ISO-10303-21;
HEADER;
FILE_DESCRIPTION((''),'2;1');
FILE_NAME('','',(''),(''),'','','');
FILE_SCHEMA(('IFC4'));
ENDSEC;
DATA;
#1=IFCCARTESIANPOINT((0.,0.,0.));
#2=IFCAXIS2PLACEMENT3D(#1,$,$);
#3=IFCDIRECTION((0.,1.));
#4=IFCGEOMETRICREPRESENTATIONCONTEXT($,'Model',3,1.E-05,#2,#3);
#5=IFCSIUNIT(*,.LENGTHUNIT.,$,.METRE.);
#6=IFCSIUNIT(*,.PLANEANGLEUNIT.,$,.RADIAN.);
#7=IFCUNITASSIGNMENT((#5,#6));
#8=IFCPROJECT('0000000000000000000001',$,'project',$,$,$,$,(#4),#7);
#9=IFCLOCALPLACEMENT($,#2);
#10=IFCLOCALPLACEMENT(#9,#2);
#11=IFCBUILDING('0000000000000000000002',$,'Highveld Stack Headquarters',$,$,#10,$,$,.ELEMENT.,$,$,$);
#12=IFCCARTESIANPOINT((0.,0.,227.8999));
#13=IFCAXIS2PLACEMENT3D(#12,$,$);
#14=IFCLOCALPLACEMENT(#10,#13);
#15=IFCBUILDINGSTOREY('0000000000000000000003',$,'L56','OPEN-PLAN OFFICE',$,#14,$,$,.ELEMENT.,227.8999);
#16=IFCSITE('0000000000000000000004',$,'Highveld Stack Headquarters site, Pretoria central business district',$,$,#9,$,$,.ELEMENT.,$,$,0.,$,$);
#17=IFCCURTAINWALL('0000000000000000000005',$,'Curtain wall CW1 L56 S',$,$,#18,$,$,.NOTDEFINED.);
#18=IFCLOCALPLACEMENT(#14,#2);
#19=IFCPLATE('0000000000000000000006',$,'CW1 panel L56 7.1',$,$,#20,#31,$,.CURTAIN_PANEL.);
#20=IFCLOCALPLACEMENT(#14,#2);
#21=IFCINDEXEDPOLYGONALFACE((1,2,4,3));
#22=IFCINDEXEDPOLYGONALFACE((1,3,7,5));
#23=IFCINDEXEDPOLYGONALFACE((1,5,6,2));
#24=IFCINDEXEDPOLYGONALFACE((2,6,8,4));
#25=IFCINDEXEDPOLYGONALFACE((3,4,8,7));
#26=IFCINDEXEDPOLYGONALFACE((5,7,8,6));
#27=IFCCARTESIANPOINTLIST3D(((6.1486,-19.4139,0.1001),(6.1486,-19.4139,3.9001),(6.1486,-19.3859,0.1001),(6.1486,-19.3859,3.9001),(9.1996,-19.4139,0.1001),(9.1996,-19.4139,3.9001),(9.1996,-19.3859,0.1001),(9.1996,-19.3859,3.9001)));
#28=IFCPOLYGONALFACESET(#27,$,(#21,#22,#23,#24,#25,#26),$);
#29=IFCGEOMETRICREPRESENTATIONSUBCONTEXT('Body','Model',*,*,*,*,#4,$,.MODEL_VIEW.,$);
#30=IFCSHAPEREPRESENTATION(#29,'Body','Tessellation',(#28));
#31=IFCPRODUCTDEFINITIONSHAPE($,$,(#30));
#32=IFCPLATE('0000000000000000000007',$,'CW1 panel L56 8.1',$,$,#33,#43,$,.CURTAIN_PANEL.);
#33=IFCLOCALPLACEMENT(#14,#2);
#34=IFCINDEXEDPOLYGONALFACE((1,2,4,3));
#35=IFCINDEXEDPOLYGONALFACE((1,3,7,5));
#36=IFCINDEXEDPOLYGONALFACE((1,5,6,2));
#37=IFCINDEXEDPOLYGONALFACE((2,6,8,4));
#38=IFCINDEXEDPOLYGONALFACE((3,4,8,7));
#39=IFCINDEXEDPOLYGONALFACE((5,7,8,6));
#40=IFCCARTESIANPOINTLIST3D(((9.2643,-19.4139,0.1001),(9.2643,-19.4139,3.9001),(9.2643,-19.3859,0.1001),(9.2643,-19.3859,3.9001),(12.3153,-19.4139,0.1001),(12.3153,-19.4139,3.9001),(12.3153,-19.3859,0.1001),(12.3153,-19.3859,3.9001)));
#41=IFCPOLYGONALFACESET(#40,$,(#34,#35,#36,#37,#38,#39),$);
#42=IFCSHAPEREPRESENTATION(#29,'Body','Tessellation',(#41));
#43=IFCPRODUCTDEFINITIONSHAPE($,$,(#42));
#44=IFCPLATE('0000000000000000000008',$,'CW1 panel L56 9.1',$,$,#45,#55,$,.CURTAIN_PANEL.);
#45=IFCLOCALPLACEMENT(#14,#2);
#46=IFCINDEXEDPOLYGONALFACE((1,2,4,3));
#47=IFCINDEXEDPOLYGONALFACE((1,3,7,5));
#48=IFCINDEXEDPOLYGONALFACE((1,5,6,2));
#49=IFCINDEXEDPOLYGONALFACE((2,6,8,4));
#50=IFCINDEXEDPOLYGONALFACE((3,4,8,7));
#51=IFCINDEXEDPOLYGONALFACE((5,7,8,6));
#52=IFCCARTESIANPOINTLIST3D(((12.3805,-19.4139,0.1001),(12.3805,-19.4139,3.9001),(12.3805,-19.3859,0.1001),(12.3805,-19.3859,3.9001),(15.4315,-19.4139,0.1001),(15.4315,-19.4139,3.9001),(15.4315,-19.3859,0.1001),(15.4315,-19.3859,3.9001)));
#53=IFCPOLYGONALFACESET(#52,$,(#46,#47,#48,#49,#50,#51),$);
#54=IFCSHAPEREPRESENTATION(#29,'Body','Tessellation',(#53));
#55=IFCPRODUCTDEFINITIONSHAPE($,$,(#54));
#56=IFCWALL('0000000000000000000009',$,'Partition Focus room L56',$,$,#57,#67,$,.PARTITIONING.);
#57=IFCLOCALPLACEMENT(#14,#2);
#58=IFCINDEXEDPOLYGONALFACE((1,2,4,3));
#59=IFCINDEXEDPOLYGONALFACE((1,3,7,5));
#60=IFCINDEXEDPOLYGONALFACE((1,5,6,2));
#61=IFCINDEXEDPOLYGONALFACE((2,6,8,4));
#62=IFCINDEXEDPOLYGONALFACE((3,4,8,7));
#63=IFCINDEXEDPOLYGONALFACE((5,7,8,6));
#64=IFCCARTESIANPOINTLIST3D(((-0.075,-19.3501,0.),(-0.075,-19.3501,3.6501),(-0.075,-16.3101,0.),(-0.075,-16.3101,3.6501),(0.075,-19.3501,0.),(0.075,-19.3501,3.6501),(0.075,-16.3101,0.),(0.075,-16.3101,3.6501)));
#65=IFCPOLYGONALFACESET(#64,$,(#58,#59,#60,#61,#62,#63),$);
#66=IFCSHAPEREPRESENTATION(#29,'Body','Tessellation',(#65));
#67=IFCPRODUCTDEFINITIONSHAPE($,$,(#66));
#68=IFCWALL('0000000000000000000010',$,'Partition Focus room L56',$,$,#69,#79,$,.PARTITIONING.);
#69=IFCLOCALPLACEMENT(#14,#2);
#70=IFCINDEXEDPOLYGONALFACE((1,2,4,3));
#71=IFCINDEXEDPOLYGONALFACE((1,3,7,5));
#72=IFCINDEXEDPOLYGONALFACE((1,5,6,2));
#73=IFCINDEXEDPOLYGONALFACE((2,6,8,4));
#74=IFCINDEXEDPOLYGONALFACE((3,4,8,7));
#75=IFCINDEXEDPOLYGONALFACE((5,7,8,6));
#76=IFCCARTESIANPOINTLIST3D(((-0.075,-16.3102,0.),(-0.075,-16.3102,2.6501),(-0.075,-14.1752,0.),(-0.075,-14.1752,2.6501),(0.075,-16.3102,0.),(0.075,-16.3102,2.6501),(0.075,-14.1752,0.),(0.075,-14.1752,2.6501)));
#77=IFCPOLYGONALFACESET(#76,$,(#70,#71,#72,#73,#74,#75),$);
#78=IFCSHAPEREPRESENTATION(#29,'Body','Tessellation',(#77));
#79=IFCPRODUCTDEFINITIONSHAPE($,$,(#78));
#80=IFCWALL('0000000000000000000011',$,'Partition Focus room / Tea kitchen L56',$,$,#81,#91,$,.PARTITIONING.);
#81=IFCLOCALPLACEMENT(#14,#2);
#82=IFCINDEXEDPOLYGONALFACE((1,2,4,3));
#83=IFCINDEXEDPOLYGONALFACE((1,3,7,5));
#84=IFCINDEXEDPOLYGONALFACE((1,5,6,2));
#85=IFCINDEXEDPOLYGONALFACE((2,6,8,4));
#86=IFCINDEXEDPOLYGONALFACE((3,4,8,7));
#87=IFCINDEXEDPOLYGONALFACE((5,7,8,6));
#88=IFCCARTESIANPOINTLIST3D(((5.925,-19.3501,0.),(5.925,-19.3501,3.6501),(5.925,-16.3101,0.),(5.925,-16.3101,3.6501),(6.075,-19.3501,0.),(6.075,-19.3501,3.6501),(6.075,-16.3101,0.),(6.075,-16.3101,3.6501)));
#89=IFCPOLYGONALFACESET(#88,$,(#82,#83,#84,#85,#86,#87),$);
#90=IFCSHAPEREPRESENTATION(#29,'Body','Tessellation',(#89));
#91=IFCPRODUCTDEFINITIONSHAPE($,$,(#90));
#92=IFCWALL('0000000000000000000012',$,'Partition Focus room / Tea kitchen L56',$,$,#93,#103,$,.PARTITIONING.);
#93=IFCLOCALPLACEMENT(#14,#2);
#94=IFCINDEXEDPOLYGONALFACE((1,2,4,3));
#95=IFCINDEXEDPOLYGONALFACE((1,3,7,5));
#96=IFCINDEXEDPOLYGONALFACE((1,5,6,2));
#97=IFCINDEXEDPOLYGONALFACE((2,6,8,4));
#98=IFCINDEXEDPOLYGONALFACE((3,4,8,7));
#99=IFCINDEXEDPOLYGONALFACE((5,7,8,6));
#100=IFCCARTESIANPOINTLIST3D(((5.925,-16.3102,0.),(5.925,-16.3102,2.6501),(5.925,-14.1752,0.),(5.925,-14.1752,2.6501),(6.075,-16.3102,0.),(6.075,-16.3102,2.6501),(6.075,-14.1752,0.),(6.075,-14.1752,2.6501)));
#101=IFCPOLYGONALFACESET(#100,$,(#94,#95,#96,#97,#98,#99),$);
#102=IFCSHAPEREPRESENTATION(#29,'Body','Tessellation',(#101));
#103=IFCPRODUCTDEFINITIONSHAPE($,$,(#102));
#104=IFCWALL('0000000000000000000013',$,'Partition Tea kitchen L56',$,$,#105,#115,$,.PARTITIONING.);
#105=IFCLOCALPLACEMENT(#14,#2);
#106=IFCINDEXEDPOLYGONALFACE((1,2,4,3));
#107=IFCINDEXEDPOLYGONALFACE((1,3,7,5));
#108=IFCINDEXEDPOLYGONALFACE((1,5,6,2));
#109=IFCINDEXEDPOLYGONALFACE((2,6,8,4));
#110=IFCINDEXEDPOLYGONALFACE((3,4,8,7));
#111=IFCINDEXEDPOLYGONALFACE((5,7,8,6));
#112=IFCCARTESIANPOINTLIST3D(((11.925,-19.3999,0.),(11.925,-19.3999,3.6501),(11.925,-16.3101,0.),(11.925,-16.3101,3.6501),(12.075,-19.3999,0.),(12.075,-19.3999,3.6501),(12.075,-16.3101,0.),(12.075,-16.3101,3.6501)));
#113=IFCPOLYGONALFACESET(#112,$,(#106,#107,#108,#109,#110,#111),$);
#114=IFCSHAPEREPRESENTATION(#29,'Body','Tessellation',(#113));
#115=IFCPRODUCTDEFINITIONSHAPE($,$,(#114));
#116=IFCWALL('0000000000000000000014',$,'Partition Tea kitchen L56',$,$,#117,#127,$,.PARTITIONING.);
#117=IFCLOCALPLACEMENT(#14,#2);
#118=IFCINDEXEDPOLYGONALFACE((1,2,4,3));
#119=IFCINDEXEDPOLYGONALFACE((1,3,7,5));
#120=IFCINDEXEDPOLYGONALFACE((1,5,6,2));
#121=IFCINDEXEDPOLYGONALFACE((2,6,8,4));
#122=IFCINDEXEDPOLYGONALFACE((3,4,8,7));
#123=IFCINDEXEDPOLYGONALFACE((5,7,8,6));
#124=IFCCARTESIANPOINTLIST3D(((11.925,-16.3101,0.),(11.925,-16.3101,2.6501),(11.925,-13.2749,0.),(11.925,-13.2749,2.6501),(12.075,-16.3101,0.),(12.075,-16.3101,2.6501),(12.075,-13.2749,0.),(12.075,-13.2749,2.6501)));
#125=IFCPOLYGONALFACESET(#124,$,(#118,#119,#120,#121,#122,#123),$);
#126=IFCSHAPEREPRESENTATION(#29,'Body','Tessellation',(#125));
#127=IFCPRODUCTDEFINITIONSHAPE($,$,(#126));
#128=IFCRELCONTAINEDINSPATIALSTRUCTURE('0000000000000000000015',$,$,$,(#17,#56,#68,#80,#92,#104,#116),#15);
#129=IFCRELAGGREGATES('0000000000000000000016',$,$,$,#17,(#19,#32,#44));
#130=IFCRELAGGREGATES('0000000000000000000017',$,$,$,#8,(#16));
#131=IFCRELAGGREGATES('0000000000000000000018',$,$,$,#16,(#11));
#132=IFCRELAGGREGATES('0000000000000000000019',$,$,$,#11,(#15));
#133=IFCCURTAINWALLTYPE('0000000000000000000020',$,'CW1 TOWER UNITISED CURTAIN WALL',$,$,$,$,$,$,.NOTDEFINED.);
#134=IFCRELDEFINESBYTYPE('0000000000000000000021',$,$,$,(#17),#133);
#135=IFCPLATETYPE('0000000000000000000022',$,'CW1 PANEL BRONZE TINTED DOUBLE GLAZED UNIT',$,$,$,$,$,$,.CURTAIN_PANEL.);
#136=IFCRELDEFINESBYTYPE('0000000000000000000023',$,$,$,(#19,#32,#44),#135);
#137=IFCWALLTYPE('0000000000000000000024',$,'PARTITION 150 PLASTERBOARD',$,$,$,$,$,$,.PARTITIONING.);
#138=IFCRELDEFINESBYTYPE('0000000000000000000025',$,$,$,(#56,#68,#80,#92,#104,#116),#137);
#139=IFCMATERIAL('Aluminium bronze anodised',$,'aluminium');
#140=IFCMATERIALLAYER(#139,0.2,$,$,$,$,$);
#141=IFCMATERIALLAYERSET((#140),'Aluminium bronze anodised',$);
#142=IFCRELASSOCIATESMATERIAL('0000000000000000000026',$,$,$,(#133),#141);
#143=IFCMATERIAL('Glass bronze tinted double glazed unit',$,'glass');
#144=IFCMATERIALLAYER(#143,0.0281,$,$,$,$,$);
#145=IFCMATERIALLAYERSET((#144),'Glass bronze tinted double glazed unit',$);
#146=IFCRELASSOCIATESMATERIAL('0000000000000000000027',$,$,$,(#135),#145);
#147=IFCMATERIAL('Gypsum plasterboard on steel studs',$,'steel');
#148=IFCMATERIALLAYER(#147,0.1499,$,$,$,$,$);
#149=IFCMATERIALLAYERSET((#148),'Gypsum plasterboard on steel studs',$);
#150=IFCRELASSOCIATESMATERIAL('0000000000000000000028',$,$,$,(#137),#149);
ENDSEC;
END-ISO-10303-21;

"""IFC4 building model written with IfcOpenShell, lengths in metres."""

from ifc_helpers import new_model, si_unit, direction, frame, frame_2d, origin, origin_2d, place, context, subcontext, project, spatial, rectangle, extrude, material, layer, layer_set, type_object, element, aggregate, save


model = new_model("IFC4")

# Units and contexts
model_context = context("Model", 3, precision=1e-05, world=origin(), true_north=direction((0.0, 1.0)))
body_context = subcontext(model_context, "Body", "Model", "MODEL_VIEW")
ifc_project = project(units=[si_unit("LENGTHUNIT", "METRE"), si_unit("PLANEANGLEUNIT", "RADIAN")], contexts=[model_context])

# Site, building, storey
site_placement = place(None, origin())
site = spatial("IfcSite", under=ifc_project, at=site_placement, Name="Highveld Stack Headquarters site, Pretoria central business district", CompositionType="ELEMENT", RefElevation=0.0)
building_placement = place(site_placement, origin())
building = spatial("IfcBuilding", under=site, at=building_placement, Name="Highveld Stack Headquarters", CompositionType="ELEMENT")
storey_placement = place(building_placement, frame((0.0, 0.0, 227.8999)))
storey = spatial("IfcBuildingStorey", under=building, at=storey_placement, Name="L56", Description="OPEN-PLAN OFFICE", CompositionType="ELEMENT", Elevation=227.8999)

# Curtain wall, plates
ifc_material_1 = material(Name="Aluminium bronze anodised", Category="aluminium")
ifc_layer_1 = layer(ifc_material_1, 0.2)
ifc_layer_set_1 = layer_set([ifc_layer_1], Name="Aluminium bronze anodised")
curtain_wall_type = type_object("IfcCurtainWallType", Name="CW1 TOWER UNITISED CURTAIN WALL", PredefinedType="NOTDEFINED", material=ifc_layer_set_1)
curtain_wall_placement = place(storey_placement, origin())
curtain_wall = element("IfcCurtainWall", 1, at=curtain_wall_placement, inside=storey, type_object=curtain_wall_type, Name="Curtain wall CW1 L56 S", PredefinedType="NOTDEFINED")
ifc_material_2 = material(Name="Glass bronze tinted double glazed unit", Category="glass")
ifc_layer_2 = layer(ifc_material_2, 0.0281)
ifc_layer_set_2 = layer_set([ifc_layer_2], Name="Glass bronze tinted double glazed unit")
plate_type = type_object("IfcPlateType", Name="CW1 PANEL BRONZE TINTED DOUBLE GLAZED UNIT", PredefinedType="CURTAIN_PANEL", material=ifc_layer_set_2)
plate_1_placement = place(storey_placement, frame((7.6741, -19.3999, 0.1001), z_axis=(0.0, 0.0, 1.0), x_axis=(1.0, 0.0, 0.0)))
plate_1 = element("IfcPlate", 2, at=plate_1_placement, type_object=plate_type, Name="CW1 panel L56 7.1", PredefinedType="CURTAIN_PANEL", context=body_context, shape_type="SweptSolid", body=[
    extrude(rectangle(XDim=3.051, YDim=0.0281, at=origin_2d()), origin(), (0.0, 0.0, 1.0), 3.8),
])
plate_2_placement = place(storey_placement, frame((10.7898, -19.3999, 0.1001), z_axis=(0.0, 0.0, 1.0), x_axis=(1.0, 0.0, 0.0)))
plate_2 = element("IfcPlate", 3, at=plate_2_placement, type_object=plate_type, Name="CW1 panel L56 8.1", PredefinedType="CURTAIN_PANEL", context=body_context, shape_type="SweptSolid", body=[
    extrude(rectangle(XDim=3.051, YDim=0.0281, at=origin_2d()), origin(), (0.0, 0.0, 1.0), 3.8),
])
plate_3_placement = place(storey_placement, frame((13.906, -19.3999, 0.1001), z_axis=(0.0, 0.0, 1.0), x_axis=(1.0, 0.0, 0.0)))
plate_3 = element("IfcPlate", 4, at=plate_3_placement, type_object=plate_type, Name="CW1 panel L56 9.1", PredefinedType="CURTAIN_PANEL", context=body_context, shape_type="SweptSolid", body=[
    extrude(rectangle(XDim=3.051, YDim=0.0281, at=origin_2d()), origin(), (0.0, 0.0, 1.0), 3.8),
])
aggregate(curtain_wall, [plate_1, plate_2, plate_3])

# Walls
ifc_material_3 = material(Name="Gypsum plasterboard on steel studs", Category="steel")
ifc_layer_3 = layer(ifc_material_3, 0.1499)
ifc_layer_set_3 = layer_set([ifc_layer_3], Name="Gypsum plasterboard on steel studs")
wall_type = type_object("IfcWallType", Name="PARTITION 150 PLASTERBOARD", PredefinedType="PARTITIONING", material=ifc_layer_set_3)
wall_1_placement = place(storey_placement, frame((0.0, -19.3501, 0.0), z_axis=(0.0, 0.0, 1.0), x_axis=(0.0, 1.0, 0.0)))
element("IfcWall", 5, at=wall_1_placement, inside=storey, type_object=wall_type, Name="Partition Focus room L56", PredefinedType="PARTITIONING", context=body_context, shape_type="SweptSolid", body=[
    extrude(rectangle(XDim=3.04, YDim=0.1499, at=frame_2d((1.52, 0.0))), origin(), (0.0, 0.0, 1.0), 3.6501),
])
wall_2_placement = place(storey_placement, frame((0.0, -16.3101, 0.0), z_axis=(0.0, 0.0, 1.0), x_axis=(0.0, 1.0, 0.0)))
element("IfcWall", 6, at=wall_2_placement, inside=storey, type_object=wall_type, Name="Partition Focus room L56", PredefinedType="PARTITIONING", context=body_context, shape_type="SweptSolid", body=[
    extrude(rectangle(XDim=2.135, YDim=0.1499, at=frame_2d((1.0674, 0.0))), origin(), (0.0, 0.0, 1.0), 2.6501),
])
wall_3_placement = place(storey_placement, frame((6.0, -19.3501, 0.0), z_axis=(0.0, 0.0, 1.0), x_axis=(0.0, 1.0, 0.0)))
element("IfcWall", 7, at=wall_3_placement, inside=storey, type_object=wall_type, Name="Partition Focus room / Tea kitchen L56", PredefinedType="PARTITIONING", context=body_context, shape_type="SweptSolid", body=[
    extrude(rectangle(XDim=3.04, YDim=0.1499, at=frame_2d((1.52, 0.0))), origin(), (0.0, 0.0, 1.0), 3.6501),
])
wall_4_placement = place(storey_placement, frame((6.0, -16.3101, 0.0), z_axis=(0.0, 0.0, 1.0), x_axis=(0.0, 1.0, 0.0)))
element("IfcWall", 8, at=wall_4_placement, inside=storey, type_object=wall_type, Name="Partition Focus room / Tea kitchen L56", PredefinedType="PARTITIONING", context=body_context, shape_type="SweptSolid", body=[
    extrude(rectangle(XDim=2.135, YDim=0.1499, at=frame_2d((1.0674, 0.0))), origin(), (0.0, 0.0, 1.0), 2.6501),
])
wall_5_placement = place(storey_placement, frame((12.0, -19.3999, 0.0), z_axis=(0.0, 0.0, 1.0), x_axis=(0.0, 1.0, 0.0)))
element("IfcWall", 9, at=wall_5_placement, inside=storey, type_object=wall_type, Name="Partition Tea kitchen L56", PredefinedType="PARTITIONING", context=body_context, shape_type="SweptSolid", body=[
    extrude(rectangle(XDim=3.0898, YDim=0.1499, at=frame_2d((1.5449, 0.0))), origin(), (0.0, 0.0, 1.0), 3.6501),
])
wall_6_placement = place(storey_placement, frame((12.0, -16.3101, 0.0), z_axis=(0.0, 0.0, 1.0), x_axis=(0.0, 1.0, 0.0)))
element("IfcWall", 10, at=wall_6_placement, inside=storey, type_object=wall_type, Name="Partition Tea kitchen L56", PredefinedType="PARTITIONING", context=body_context, shape_type="SweptSolid", body=[
    extrude(rectangle(XDim=3.0352, YDim=0.1499, at=frame_2d((1.5176, 0.0))), origin(), (0.0, 0.0, 1.0), 2.6501),
])

save(model, "model.ifc")
